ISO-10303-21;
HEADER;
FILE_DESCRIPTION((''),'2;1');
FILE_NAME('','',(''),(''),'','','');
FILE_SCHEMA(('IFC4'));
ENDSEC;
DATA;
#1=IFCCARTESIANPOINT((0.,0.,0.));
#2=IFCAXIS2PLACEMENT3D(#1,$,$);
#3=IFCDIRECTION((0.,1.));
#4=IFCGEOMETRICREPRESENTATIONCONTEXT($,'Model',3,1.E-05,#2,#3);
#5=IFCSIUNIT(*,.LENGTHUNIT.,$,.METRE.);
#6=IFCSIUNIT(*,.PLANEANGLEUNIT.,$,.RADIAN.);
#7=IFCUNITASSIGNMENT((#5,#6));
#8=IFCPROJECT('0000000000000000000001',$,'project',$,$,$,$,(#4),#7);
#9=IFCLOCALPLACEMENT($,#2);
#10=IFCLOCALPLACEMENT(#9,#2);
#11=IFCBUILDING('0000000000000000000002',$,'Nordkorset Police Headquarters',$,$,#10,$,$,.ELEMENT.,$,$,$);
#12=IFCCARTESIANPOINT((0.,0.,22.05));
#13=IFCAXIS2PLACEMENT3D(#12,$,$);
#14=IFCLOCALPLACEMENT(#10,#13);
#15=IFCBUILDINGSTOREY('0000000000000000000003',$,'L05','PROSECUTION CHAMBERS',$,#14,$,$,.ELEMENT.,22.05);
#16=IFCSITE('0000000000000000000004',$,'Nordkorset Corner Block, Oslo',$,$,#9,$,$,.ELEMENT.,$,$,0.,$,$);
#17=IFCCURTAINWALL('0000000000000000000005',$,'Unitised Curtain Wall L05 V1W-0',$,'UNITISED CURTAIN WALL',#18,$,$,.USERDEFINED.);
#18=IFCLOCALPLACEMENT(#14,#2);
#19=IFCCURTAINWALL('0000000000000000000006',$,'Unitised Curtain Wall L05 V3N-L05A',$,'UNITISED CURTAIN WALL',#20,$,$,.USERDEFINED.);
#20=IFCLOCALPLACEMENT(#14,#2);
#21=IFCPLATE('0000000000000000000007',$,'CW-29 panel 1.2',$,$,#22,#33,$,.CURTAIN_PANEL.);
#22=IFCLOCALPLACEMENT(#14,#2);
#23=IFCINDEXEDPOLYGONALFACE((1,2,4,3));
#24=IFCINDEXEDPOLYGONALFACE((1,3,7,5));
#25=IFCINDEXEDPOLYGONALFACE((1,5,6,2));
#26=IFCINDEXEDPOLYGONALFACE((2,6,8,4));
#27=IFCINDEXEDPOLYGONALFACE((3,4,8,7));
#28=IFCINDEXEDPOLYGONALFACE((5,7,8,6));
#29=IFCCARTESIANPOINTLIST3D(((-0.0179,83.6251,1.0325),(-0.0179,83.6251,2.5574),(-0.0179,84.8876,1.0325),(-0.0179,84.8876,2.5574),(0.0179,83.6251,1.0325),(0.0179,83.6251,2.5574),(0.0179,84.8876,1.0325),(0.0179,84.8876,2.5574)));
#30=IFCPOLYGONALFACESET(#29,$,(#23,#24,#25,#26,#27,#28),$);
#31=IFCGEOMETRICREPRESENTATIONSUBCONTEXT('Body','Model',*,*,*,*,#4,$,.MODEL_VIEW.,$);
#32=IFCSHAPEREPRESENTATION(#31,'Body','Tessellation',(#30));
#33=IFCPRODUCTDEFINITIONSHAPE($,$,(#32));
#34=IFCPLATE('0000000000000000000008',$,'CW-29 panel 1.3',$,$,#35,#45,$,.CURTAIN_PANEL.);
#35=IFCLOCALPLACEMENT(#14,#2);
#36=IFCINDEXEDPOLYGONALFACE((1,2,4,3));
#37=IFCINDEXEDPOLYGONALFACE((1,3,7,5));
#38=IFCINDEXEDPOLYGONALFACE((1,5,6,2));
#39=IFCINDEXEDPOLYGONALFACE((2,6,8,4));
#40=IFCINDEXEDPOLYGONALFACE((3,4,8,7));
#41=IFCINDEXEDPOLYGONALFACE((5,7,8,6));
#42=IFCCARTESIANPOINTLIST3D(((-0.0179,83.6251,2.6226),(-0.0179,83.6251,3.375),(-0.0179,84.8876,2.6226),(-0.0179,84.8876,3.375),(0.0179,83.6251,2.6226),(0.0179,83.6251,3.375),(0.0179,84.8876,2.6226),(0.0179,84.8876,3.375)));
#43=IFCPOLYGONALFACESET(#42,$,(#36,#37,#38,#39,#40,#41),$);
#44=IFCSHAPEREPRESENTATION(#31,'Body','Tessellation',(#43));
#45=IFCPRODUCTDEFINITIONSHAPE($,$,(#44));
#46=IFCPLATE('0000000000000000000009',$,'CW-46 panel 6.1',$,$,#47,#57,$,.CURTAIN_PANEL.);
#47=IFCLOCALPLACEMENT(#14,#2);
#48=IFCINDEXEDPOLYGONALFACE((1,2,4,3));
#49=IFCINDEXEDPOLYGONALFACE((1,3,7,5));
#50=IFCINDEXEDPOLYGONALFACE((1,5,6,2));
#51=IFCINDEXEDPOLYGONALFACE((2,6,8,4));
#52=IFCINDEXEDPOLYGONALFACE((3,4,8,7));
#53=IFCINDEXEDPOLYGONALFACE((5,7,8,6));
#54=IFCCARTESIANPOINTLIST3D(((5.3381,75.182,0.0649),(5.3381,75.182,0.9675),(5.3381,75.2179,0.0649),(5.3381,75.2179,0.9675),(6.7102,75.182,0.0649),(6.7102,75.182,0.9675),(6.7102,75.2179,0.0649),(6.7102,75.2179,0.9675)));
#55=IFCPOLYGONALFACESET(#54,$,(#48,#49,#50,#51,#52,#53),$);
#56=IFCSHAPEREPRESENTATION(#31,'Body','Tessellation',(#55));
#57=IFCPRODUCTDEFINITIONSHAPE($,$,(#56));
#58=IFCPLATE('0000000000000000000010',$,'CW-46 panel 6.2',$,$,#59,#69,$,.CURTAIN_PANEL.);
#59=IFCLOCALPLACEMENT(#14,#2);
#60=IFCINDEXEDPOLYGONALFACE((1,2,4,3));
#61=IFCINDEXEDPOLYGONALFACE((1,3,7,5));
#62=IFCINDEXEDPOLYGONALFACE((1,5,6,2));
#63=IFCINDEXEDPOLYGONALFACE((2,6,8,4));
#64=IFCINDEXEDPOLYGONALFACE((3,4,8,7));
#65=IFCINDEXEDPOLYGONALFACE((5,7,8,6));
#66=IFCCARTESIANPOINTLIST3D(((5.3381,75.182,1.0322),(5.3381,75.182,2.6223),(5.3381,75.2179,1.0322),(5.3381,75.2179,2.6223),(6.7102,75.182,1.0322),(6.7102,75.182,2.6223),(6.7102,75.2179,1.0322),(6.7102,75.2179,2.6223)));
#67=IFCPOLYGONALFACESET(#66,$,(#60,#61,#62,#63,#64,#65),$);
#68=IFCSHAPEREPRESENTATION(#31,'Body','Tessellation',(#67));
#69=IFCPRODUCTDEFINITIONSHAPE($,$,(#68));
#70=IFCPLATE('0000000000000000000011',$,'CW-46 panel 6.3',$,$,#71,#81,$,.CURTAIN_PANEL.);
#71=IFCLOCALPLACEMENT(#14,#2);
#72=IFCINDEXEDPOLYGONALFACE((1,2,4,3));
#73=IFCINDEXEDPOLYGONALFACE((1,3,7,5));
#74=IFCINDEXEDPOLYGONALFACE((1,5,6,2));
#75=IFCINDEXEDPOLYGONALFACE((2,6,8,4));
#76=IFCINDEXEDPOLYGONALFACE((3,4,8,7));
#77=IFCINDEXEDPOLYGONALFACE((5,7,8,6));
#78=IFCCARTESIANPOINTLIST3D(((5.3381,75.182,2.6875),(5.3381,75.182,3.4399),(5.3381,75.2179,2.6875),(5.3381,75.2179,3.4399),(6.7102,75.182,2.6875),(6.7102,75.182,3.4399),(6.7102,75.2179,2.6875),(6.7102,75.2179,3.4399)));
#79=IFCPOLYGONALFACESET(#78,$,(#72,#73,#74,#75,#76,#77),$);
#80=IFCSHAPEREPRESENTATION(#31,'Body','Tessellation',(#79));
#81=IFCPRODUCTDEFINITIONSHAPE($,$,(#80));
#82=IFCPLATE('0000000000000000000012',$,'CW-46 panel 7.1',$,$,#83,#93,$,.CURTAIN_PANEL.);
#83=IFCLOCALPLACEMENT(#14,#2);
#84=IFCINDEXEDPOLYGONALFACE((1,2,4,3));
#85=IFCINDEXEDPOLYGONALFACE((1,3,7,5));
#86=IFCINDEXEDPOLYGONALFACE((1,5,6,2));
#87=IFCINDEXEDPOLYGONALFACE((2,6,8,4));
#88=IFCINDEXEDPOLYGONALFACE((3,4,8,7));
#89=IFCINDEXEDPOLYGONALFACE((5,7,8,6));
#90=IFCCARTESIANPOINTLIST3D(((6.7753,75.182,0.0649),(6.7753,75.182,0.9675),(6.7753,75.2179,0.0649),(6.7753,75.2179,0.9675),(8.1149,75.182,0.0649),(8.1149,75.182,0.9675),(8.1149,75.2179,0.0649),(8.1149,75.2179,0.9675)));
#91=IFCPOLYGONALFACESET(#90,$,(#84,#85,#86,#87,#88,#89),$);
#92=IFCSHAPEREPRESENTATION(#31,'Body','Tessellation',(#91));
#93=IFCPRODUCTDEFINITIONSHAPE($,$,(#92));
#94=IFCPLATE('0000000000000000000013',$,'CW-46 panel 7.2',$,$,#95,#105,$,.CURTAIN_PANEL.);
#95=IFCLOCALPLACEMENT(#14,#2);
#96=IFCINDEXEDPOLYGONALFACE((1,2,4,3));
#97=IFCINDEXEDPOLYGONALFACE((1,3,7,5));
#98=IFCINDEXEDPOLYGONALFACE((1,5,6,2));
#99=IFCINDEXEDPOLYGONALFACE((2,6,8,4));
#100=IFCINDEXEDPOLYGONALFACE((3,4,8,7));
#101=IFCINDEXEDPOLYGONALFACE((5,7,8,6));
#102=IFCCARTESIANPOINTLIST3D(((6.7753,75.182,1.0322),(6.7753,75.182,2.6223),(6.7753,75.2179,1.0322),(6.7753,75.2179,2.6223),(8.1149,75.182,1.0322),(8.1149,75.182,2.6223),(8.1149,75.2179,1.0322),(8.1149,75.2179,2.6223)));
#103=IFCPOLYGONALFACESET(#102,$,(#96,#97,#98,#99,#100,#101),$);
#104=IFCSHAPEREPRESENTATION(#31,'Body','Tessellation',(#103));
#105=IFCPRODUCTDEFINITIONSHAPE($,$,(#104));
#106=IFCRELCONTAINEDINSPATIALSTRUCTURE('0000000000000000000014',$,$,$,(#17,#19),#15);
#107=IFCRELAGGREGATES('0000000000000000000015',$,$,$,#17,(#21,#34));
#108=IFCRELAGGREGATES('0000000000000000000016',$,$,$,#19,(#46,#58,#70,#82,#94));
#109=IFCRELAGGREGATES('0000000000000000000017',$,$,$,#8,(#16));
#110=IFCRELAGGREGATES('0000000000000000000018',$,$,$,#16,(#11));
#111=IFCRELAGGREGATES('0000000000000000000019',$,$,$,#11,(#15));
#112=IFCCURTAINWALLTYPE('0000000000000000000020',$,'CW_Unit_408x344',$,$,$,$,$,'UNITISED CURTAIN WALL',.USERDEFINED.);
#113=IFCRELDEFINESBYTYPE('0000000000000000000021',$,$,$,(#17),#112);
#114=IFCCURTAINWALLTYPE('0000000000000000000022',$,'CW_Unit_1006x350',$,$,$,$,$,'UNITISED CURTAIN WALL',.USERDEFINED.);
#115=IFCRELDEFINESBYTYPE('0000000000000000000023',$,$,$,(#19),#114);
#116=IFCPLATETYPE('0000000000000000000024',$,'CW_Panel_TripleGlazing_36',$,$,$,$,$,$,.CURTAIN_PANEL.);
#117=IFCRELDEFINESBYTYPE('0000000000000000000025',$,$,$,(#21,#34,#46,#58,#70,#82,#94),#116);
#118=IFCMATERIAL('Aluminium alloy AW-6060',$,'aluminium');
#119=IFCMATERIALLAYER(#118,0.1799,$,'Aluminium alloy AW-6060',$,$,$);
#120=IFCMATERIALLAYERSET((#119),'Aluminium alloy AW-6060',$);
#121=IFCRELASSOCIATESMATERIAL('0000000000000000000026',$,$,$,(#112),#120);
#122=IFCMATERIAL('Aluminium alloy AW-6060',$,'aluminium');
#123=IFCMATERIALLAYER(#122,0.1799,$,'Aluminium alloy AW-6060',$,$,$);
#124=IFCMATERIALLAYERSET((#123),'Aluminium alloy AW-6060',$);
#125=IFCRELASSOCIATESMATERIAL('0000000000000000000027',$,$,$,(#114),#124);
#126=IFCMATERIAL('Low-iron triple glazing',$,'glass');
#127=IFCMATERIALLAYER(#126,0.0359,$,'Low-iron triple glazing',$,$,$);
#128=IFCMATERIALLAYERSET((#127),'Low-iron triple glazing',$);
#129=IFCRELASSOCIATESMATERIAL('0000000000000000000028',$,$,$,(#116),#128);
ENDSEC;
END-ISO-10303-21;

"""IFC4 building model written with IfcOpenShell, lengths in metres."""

from ifc_helpers import new_model, si_unit, direction, frame, origin, origin_2d, place, context, subcontext, project, spatial, rectangle, extrude, material, layer, layer_set, type_object, element, aggregate, save


model = new_model("IFC4")

# Units and contexts
model_context = context("Model", 3, precision=1e-05, world=origin(), true_north=direction((0.0, 1.0)))
body_context = subcontext(model_context, "Body", "Model", "MODEL_VIEW")
ifc_project = project(units=[si_unit("LENGTHUNIT", "METRE"), si_unit("PLANEANGLEUNIT", "RADIAN")], contexts=[model_context])

# Site, building, storey
site_placement = place(None, origin())
site = spatial("IfcSite", under=ifc_project, at=site_placement, Name="Nordkorset Corner Block, Oslo", CompositionType="ELEMENT", RefElevation=0.0)
building_placement = place(site_placement, origin())
building = spatial("IfcBuilding", under=site, at=building_placement, Name="Nordkorset Police Headquarters", CompositionType="ELEMENT")
storey_placement = place(building_placement, frame((0.0, 0.0, 22.05)))
storey = spatial("IfcBuildingStorey", under=building, at=storey_placement, Name="L05", Description="PROSECUTION CHAMBERS", CompositionType="ELEMENT", Elevation=22.05)

# Curtain wall
ifc_material_1 = material(Name="Aluminium alloy AW-6060", Category="aluminium")
ifc_layer_1 = layer(ifc_material_1, 0.1799, Name="Aluminium alloy AW-6060")
ifc_layer_set_1 = layer_set([ifc_layer_1], Name="Aluminium alloy AW-6060")
curtain_wall_type_1 = type_object("IfcCurtainWallType", Name="CW_Unit_408x344", ElementType="UNITISED CURTAIN WALL", PredefinedType="USERDEFINED", material=ifc_layer_set_1)
curtain_wall_1_placement = place(storey_placement, origin())
curtain_wall_1 = element("IfcCurtainWall", 1, at=curtain_wall_1_placement, inside=storey, type_object=curtain_wall_type_1, Name="Unitised Curtain Wall L05 V1W-0", ObjectType="UNITISED CURTAIN WALL", PredefinedType="USERDEFINED")

# Curtain wall
ifc_material_2 = material(Name="Aluminium alloy AW-6060", Category="aluminium")
ifc_layer_2 = layer(ifc_material_2, 0.1799, Name="Aluminium alloy AW-6060")
ifc_layer_set_2 = layer_set([ifc_layer_2], Name="Aluminium alloy AW-6060")
curtain_wall_type_2 = type_object("IfcCurtainWallType", Name="CW_Unit_1006x350", ElementType="UNITISED CURTAIN WALL", PredefinedType="USERDEFINED", material=ifc_layer_set_2)
curtain_wall_2_placement = place(storey_placement, origin())
curtain_wall_2 = element("IfcCurtainWall", 2, at=curtain_wall_2_placement, inside=storey, type_object=curtain_wall_type_2, Name="Unitised Curtain Wall L05 V3N-L05A", ObjectType="UNITISED CURTAIN WALL", PredefinedType="USERDEFINED")

# Plates
ifc_material_3 = material(Name="Low-iron triple glazing", Category="glass")
ifc_layer_3 = layer(ifc_material_3, 0.0359, Name="Low-iron triple glazing")
ifc_layer_set_3 = layer_set([ifc_layer_3], Name="Low-iron triple glazing")
plate_type = type_object("IfcPlateType", Name="CW_Panel_TripleGlazing_36", PredefinedType="CURTAIN_PANEL", material=ifc_layer_set_3)
plate_1_placement = place(storey_placement, frame((0.0, 84.2563, 1.0325), z_axis=(0.0, 0.0, 1.0), x_axis=(0.0, 1.0, 0.0)))
plate_1 = element("IfcPlate", 3, at=plate_1_placement, type_object=plate_type, Name="CW-29 panel 1.2", PredefinedType="CURTAIN_PANEL", context=body_context, shape_type="SweptSolid", body=[
    extrude(rectangle(XDim=1.2625, YDim=0.0359, at=origin_2d()), origin(), (0.0, 0.0, 1.0), 1.5249),
])
plate_2_placement = place(storey_placement, frame((0.0, 84.2563, 2.6226), z_axis=(0.0, 0.0, 1.0), x_axis=(0.0, 1.0, 0.0)))
plate_2 = element("IfcPlate", 4, at=plate_2_placement, type_object=plate_type, Name="CW-29 panel 1.3", PredefinedType="CURTAIN_PANEL", context=body_context, shape_type="SweptSolid", body=[
    extrude(rectangle(XDim=1.2625, YDim=0.0359, at=origin_2d()), origin(), (0.0, 0.0, 1.0), 0.7524),
])
aggregate(curtain_wall_1, [plate_1, plate_2])
plate_3_placement = place(storey_placement, frame((6.0242, 75.2, 0.0649), z_axis=(0.0, 0.0, 1.0), x_axis=(1.0, 0.0, 0.0)))
plate_3 = element("IfcPlate", 5, at=plate_3_placement, type_object=plate_type, Name="CW-46 panel 6.1", PredefinedType="CURTAIN_PANEL", context=body_context, shape_type="SweptSolid", body=[
    extrude(rectangle(XDim=1.3721, YDim=0.0359, at=origin_2d()), origin(), (0.0, 0.0, 1.0), 0.9026),
])
plate_4_placement = place(storey_placement, frame((6.0242, 75.2, 1.0322), z_axis=(0.0, 0.0, 1.0), x_axis=(1.0, 0.0, 0.0)))
plate_4 = element("IfcPlate", 6, at=plate_4_placement, type_object=plate_type, Name="CW-46 panel 6.2", PredefinedType="CURTAIN_PANEL", context=body_context, shape_type="SweptSolid", body=[
    extrude(rectangle(XDim=1.3721, YDim=0.0359, at=origin_2d()), origin(), (0.0, 0.0, 1.0), 1.5901),
])
plate_5_placement = place(storey_placement, frame((6.0242, 75.2, 2.6875), z_axis=(0.0, 0.0, 1.0), x_axis=(1.0, 0.0, 0.0)))
plate_5 = element("IfcPlate", 7, at=plate_5_placement, type_object=plate_type, Name="CW-46 panel 6.3", PredefinedType="CURTAIN_PANEL", context=body_context, shape_type="SweptSolid", body=[
    extrude(rectangle(XDim=1.3721, YDim=0.0359, at=origin_2d()), origin(), (0.0, 0.0, 1.0), 0.7524),
])
plate_6_placement = place(storey_placement, frame((7.4451, 75.2, 0.0649), z_axis=(0.0, 0.0, 1.0), x_axis=(1.0, 0.0, 0.0)))
plate_6 = element("IfcPlate", 8, at=plate_6_placement, type_object=plate_type, Name="CW-46 panel 7.1", PredefinedType="CURTAIN_PANEL", context=body_context, shape_type="SweptSolid", body=[
    extrude(rectangle(XDim=1.3396, YDim=0.0359, at=origin_2d()), origin(), (0.0, 0.0, 1.0), 0.9026),
])
plate_7_placement = place(storey_placement, frame((7.4451, 75.2, 1.0322), z_axis=(0.0, 0.0, 1.0), x_axis=(1.0, 0.0, 0.0)))
plate_7 = element("IfcPlate", 9, at=plate_7_placement, type_object=plate_type, Name="CW-46 panel 7.2", PredefinedType="CURTAIN_PANEL", context=body_context, shape_type="SweptSolid", body=[
    extrude(rectangle(XDim=1.3396, YDim=0.0359, at=origin_2d()), origin(), (0.0, 0.0, 1.0), 1.5901),
])
aggregate(curtain_wall_2, [plate_3, plate_4, plate_5, plate_6, plate_7])

save(model, "model.ifc")
